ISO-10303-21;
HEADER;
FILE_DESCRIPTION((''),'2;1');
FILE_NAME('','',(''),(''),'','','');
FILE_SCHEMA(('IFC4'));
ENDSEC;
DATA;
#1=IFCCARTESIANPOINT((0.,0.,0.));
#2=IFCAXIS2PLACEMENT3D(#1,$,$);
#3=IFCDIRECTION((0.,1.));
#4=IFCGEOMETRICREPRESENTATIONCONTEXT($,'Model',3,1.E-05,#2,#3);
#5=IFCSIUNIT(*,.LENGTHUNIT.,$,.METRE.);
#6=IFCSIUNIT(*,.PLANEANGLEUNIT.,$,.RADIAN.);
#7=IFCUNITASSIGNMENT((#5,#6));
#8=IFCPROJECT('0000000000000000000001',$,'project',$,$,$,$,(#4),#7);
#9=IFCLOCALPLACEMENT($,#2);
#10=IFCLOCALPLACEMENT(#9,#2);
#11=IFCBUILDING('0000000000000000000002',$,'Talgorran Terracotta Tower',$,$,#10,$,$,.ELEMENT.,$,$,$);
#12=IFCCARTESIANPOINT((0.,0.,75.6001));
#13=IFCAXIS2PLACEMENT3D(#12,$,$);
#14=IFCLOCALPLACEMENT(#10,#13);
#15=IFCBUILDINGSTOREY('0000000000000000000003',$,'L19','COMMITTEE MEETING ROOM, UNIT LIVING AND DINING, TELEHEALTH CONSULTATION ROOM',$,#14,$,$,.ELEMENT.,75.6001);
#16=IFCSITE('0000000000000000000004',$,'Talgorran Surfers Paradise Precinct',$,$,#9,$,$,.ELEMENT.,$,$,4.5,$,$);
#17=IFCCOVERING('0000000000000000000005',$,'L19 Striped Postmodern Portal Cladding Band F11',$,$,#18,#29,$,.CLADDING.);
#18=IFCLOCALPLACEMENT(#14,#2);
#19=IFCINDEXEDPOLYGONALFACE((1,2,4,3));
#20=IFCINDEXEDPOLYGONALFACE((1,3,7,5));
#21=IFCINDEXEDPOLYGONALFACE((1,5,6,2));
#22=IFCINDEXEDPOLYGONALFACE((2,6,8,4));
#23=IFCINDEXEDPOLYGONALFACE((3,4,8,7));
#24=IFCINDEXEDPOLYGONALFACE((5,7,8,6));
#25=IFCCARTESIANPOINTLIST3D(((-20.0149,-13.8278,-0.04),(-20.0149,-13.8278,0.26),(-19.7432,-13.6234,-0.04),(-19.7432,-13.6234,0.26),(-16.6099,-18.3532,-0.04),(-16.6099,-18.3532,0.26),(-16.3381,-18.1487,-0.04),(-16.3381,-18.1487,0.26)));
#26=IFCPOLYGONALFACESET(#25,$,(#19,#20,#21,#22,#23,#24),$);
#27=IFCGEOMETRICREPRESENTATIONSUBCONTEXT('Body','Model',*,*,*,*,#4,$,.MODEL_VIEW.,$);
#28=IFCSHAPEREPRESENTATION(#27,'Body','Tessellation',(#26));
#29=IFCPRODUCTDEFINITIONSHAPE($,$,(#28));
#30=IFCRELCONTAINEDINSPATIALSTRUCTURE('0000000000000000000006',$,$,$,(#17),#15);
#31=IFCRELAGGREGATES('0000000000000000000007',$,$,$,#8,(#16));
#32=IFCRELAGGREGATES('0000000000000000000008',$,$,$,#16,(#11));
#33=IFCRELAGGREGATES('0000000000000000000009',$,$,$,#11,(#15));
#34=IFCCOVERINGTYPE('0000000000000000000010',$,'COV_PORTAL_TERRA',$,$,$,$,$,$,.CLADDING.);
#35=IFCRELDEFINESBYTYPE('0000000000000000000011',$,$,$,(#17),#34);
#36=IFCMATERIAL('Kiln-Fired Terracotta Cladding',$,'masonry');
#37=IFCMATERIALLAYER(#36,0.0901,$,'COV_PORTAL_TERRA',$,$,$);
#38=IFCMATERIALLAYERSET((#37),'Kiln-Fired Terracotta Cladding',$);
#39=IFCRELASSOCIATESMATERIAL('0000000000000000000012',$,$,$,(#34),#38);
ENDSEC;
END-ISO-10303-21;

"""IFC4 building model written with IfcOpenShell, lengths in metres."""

from ifc_helpers import new_model, si_unit, direction, frame, origin, origin_2d, place, context, subcontext, project, spatial, rectangle, extrude, material, layer, layer_set, type_object, element, save


model = new_model("IFC4")

# Units and contexts
model_context = context("Model", 3, precision=1e-05, world=origin(), true_north=direction((0.0, 1.0)))
body_context = subcontext(model_context, "Body", "Model", "MODEL_VIEW")
ifc_project = project(units=[si_unit("LENGTHUNIT", "METRE"), si_unit("PLANEANGLEUNIT", "RADIAN")], contexts=[model_context])

# Site, building, storey
site_placement = place(None, origin())
site = spatial("IfcSite", under=ifc_project, at=site_placement, Name="Talgorran Surfers Paradise Precinct", CompositionType="ELEMENT", RefElevation=4.5)
building_placement = place(site_placement, origin())
building = spatial("IfcBuilding", under=site, at=building_placement, Name="Talgorran Terracotta Tower", CompositionType="ELEMENT")
storey_placement = place(building_placement, frame((0.0, 0.0, 75.6001)))
storey = spatial("IfcBuildingStorey", under=building, at=storey_placement, Name="L19", Description="COMMITTEE MEETING ROOM, UNIT LIVING AND DINING, TELEHEALTH CONSULTATION ROOM", CompositionType="ELEMENT", Elevation=75.6001)

# Covering
ifc_material_1 = material(Name="Kiln-Fired Terracotta Cladding", Category="masonry")
ifc_layer_1 = layer(ifc_material_1, 0.0901, Name="COV_PORTAL_TERRA")
ifc_layer_set_1 = layer_set([ifc_layer_1], Name="Kiln-Fired Terracotta Cladding")
covering_type_1 = type_object("IfcCoveringType", Name="COV_PORTAL_TERRA", PredefinedType="CLADDING", material=ifc_layer_set_1)
covering_1_placement = place(storey_placement, frame((-18.1765, -15.9883, -0.04), z_axis=(0.0, 0.0, 1.0), x_axis=(0.601243, -0.799066, 0.0)))
element("IfcCovering", 1, at=covering_1_placement, inside=storey, type_object=covering_type_1, Name="L19 Striped Postmodern Portal Cladding Band F11", PredefinedType="CLADDING", context=body_context, shape_type="SweptSolid", body=[
    extrude(rectangle(XDim=5.6633, YDim=0.3401, at=origin_2d()), origin(), (0.0, 0.0, 1.0), 0.3),
])

save(model, "model.ifc")
